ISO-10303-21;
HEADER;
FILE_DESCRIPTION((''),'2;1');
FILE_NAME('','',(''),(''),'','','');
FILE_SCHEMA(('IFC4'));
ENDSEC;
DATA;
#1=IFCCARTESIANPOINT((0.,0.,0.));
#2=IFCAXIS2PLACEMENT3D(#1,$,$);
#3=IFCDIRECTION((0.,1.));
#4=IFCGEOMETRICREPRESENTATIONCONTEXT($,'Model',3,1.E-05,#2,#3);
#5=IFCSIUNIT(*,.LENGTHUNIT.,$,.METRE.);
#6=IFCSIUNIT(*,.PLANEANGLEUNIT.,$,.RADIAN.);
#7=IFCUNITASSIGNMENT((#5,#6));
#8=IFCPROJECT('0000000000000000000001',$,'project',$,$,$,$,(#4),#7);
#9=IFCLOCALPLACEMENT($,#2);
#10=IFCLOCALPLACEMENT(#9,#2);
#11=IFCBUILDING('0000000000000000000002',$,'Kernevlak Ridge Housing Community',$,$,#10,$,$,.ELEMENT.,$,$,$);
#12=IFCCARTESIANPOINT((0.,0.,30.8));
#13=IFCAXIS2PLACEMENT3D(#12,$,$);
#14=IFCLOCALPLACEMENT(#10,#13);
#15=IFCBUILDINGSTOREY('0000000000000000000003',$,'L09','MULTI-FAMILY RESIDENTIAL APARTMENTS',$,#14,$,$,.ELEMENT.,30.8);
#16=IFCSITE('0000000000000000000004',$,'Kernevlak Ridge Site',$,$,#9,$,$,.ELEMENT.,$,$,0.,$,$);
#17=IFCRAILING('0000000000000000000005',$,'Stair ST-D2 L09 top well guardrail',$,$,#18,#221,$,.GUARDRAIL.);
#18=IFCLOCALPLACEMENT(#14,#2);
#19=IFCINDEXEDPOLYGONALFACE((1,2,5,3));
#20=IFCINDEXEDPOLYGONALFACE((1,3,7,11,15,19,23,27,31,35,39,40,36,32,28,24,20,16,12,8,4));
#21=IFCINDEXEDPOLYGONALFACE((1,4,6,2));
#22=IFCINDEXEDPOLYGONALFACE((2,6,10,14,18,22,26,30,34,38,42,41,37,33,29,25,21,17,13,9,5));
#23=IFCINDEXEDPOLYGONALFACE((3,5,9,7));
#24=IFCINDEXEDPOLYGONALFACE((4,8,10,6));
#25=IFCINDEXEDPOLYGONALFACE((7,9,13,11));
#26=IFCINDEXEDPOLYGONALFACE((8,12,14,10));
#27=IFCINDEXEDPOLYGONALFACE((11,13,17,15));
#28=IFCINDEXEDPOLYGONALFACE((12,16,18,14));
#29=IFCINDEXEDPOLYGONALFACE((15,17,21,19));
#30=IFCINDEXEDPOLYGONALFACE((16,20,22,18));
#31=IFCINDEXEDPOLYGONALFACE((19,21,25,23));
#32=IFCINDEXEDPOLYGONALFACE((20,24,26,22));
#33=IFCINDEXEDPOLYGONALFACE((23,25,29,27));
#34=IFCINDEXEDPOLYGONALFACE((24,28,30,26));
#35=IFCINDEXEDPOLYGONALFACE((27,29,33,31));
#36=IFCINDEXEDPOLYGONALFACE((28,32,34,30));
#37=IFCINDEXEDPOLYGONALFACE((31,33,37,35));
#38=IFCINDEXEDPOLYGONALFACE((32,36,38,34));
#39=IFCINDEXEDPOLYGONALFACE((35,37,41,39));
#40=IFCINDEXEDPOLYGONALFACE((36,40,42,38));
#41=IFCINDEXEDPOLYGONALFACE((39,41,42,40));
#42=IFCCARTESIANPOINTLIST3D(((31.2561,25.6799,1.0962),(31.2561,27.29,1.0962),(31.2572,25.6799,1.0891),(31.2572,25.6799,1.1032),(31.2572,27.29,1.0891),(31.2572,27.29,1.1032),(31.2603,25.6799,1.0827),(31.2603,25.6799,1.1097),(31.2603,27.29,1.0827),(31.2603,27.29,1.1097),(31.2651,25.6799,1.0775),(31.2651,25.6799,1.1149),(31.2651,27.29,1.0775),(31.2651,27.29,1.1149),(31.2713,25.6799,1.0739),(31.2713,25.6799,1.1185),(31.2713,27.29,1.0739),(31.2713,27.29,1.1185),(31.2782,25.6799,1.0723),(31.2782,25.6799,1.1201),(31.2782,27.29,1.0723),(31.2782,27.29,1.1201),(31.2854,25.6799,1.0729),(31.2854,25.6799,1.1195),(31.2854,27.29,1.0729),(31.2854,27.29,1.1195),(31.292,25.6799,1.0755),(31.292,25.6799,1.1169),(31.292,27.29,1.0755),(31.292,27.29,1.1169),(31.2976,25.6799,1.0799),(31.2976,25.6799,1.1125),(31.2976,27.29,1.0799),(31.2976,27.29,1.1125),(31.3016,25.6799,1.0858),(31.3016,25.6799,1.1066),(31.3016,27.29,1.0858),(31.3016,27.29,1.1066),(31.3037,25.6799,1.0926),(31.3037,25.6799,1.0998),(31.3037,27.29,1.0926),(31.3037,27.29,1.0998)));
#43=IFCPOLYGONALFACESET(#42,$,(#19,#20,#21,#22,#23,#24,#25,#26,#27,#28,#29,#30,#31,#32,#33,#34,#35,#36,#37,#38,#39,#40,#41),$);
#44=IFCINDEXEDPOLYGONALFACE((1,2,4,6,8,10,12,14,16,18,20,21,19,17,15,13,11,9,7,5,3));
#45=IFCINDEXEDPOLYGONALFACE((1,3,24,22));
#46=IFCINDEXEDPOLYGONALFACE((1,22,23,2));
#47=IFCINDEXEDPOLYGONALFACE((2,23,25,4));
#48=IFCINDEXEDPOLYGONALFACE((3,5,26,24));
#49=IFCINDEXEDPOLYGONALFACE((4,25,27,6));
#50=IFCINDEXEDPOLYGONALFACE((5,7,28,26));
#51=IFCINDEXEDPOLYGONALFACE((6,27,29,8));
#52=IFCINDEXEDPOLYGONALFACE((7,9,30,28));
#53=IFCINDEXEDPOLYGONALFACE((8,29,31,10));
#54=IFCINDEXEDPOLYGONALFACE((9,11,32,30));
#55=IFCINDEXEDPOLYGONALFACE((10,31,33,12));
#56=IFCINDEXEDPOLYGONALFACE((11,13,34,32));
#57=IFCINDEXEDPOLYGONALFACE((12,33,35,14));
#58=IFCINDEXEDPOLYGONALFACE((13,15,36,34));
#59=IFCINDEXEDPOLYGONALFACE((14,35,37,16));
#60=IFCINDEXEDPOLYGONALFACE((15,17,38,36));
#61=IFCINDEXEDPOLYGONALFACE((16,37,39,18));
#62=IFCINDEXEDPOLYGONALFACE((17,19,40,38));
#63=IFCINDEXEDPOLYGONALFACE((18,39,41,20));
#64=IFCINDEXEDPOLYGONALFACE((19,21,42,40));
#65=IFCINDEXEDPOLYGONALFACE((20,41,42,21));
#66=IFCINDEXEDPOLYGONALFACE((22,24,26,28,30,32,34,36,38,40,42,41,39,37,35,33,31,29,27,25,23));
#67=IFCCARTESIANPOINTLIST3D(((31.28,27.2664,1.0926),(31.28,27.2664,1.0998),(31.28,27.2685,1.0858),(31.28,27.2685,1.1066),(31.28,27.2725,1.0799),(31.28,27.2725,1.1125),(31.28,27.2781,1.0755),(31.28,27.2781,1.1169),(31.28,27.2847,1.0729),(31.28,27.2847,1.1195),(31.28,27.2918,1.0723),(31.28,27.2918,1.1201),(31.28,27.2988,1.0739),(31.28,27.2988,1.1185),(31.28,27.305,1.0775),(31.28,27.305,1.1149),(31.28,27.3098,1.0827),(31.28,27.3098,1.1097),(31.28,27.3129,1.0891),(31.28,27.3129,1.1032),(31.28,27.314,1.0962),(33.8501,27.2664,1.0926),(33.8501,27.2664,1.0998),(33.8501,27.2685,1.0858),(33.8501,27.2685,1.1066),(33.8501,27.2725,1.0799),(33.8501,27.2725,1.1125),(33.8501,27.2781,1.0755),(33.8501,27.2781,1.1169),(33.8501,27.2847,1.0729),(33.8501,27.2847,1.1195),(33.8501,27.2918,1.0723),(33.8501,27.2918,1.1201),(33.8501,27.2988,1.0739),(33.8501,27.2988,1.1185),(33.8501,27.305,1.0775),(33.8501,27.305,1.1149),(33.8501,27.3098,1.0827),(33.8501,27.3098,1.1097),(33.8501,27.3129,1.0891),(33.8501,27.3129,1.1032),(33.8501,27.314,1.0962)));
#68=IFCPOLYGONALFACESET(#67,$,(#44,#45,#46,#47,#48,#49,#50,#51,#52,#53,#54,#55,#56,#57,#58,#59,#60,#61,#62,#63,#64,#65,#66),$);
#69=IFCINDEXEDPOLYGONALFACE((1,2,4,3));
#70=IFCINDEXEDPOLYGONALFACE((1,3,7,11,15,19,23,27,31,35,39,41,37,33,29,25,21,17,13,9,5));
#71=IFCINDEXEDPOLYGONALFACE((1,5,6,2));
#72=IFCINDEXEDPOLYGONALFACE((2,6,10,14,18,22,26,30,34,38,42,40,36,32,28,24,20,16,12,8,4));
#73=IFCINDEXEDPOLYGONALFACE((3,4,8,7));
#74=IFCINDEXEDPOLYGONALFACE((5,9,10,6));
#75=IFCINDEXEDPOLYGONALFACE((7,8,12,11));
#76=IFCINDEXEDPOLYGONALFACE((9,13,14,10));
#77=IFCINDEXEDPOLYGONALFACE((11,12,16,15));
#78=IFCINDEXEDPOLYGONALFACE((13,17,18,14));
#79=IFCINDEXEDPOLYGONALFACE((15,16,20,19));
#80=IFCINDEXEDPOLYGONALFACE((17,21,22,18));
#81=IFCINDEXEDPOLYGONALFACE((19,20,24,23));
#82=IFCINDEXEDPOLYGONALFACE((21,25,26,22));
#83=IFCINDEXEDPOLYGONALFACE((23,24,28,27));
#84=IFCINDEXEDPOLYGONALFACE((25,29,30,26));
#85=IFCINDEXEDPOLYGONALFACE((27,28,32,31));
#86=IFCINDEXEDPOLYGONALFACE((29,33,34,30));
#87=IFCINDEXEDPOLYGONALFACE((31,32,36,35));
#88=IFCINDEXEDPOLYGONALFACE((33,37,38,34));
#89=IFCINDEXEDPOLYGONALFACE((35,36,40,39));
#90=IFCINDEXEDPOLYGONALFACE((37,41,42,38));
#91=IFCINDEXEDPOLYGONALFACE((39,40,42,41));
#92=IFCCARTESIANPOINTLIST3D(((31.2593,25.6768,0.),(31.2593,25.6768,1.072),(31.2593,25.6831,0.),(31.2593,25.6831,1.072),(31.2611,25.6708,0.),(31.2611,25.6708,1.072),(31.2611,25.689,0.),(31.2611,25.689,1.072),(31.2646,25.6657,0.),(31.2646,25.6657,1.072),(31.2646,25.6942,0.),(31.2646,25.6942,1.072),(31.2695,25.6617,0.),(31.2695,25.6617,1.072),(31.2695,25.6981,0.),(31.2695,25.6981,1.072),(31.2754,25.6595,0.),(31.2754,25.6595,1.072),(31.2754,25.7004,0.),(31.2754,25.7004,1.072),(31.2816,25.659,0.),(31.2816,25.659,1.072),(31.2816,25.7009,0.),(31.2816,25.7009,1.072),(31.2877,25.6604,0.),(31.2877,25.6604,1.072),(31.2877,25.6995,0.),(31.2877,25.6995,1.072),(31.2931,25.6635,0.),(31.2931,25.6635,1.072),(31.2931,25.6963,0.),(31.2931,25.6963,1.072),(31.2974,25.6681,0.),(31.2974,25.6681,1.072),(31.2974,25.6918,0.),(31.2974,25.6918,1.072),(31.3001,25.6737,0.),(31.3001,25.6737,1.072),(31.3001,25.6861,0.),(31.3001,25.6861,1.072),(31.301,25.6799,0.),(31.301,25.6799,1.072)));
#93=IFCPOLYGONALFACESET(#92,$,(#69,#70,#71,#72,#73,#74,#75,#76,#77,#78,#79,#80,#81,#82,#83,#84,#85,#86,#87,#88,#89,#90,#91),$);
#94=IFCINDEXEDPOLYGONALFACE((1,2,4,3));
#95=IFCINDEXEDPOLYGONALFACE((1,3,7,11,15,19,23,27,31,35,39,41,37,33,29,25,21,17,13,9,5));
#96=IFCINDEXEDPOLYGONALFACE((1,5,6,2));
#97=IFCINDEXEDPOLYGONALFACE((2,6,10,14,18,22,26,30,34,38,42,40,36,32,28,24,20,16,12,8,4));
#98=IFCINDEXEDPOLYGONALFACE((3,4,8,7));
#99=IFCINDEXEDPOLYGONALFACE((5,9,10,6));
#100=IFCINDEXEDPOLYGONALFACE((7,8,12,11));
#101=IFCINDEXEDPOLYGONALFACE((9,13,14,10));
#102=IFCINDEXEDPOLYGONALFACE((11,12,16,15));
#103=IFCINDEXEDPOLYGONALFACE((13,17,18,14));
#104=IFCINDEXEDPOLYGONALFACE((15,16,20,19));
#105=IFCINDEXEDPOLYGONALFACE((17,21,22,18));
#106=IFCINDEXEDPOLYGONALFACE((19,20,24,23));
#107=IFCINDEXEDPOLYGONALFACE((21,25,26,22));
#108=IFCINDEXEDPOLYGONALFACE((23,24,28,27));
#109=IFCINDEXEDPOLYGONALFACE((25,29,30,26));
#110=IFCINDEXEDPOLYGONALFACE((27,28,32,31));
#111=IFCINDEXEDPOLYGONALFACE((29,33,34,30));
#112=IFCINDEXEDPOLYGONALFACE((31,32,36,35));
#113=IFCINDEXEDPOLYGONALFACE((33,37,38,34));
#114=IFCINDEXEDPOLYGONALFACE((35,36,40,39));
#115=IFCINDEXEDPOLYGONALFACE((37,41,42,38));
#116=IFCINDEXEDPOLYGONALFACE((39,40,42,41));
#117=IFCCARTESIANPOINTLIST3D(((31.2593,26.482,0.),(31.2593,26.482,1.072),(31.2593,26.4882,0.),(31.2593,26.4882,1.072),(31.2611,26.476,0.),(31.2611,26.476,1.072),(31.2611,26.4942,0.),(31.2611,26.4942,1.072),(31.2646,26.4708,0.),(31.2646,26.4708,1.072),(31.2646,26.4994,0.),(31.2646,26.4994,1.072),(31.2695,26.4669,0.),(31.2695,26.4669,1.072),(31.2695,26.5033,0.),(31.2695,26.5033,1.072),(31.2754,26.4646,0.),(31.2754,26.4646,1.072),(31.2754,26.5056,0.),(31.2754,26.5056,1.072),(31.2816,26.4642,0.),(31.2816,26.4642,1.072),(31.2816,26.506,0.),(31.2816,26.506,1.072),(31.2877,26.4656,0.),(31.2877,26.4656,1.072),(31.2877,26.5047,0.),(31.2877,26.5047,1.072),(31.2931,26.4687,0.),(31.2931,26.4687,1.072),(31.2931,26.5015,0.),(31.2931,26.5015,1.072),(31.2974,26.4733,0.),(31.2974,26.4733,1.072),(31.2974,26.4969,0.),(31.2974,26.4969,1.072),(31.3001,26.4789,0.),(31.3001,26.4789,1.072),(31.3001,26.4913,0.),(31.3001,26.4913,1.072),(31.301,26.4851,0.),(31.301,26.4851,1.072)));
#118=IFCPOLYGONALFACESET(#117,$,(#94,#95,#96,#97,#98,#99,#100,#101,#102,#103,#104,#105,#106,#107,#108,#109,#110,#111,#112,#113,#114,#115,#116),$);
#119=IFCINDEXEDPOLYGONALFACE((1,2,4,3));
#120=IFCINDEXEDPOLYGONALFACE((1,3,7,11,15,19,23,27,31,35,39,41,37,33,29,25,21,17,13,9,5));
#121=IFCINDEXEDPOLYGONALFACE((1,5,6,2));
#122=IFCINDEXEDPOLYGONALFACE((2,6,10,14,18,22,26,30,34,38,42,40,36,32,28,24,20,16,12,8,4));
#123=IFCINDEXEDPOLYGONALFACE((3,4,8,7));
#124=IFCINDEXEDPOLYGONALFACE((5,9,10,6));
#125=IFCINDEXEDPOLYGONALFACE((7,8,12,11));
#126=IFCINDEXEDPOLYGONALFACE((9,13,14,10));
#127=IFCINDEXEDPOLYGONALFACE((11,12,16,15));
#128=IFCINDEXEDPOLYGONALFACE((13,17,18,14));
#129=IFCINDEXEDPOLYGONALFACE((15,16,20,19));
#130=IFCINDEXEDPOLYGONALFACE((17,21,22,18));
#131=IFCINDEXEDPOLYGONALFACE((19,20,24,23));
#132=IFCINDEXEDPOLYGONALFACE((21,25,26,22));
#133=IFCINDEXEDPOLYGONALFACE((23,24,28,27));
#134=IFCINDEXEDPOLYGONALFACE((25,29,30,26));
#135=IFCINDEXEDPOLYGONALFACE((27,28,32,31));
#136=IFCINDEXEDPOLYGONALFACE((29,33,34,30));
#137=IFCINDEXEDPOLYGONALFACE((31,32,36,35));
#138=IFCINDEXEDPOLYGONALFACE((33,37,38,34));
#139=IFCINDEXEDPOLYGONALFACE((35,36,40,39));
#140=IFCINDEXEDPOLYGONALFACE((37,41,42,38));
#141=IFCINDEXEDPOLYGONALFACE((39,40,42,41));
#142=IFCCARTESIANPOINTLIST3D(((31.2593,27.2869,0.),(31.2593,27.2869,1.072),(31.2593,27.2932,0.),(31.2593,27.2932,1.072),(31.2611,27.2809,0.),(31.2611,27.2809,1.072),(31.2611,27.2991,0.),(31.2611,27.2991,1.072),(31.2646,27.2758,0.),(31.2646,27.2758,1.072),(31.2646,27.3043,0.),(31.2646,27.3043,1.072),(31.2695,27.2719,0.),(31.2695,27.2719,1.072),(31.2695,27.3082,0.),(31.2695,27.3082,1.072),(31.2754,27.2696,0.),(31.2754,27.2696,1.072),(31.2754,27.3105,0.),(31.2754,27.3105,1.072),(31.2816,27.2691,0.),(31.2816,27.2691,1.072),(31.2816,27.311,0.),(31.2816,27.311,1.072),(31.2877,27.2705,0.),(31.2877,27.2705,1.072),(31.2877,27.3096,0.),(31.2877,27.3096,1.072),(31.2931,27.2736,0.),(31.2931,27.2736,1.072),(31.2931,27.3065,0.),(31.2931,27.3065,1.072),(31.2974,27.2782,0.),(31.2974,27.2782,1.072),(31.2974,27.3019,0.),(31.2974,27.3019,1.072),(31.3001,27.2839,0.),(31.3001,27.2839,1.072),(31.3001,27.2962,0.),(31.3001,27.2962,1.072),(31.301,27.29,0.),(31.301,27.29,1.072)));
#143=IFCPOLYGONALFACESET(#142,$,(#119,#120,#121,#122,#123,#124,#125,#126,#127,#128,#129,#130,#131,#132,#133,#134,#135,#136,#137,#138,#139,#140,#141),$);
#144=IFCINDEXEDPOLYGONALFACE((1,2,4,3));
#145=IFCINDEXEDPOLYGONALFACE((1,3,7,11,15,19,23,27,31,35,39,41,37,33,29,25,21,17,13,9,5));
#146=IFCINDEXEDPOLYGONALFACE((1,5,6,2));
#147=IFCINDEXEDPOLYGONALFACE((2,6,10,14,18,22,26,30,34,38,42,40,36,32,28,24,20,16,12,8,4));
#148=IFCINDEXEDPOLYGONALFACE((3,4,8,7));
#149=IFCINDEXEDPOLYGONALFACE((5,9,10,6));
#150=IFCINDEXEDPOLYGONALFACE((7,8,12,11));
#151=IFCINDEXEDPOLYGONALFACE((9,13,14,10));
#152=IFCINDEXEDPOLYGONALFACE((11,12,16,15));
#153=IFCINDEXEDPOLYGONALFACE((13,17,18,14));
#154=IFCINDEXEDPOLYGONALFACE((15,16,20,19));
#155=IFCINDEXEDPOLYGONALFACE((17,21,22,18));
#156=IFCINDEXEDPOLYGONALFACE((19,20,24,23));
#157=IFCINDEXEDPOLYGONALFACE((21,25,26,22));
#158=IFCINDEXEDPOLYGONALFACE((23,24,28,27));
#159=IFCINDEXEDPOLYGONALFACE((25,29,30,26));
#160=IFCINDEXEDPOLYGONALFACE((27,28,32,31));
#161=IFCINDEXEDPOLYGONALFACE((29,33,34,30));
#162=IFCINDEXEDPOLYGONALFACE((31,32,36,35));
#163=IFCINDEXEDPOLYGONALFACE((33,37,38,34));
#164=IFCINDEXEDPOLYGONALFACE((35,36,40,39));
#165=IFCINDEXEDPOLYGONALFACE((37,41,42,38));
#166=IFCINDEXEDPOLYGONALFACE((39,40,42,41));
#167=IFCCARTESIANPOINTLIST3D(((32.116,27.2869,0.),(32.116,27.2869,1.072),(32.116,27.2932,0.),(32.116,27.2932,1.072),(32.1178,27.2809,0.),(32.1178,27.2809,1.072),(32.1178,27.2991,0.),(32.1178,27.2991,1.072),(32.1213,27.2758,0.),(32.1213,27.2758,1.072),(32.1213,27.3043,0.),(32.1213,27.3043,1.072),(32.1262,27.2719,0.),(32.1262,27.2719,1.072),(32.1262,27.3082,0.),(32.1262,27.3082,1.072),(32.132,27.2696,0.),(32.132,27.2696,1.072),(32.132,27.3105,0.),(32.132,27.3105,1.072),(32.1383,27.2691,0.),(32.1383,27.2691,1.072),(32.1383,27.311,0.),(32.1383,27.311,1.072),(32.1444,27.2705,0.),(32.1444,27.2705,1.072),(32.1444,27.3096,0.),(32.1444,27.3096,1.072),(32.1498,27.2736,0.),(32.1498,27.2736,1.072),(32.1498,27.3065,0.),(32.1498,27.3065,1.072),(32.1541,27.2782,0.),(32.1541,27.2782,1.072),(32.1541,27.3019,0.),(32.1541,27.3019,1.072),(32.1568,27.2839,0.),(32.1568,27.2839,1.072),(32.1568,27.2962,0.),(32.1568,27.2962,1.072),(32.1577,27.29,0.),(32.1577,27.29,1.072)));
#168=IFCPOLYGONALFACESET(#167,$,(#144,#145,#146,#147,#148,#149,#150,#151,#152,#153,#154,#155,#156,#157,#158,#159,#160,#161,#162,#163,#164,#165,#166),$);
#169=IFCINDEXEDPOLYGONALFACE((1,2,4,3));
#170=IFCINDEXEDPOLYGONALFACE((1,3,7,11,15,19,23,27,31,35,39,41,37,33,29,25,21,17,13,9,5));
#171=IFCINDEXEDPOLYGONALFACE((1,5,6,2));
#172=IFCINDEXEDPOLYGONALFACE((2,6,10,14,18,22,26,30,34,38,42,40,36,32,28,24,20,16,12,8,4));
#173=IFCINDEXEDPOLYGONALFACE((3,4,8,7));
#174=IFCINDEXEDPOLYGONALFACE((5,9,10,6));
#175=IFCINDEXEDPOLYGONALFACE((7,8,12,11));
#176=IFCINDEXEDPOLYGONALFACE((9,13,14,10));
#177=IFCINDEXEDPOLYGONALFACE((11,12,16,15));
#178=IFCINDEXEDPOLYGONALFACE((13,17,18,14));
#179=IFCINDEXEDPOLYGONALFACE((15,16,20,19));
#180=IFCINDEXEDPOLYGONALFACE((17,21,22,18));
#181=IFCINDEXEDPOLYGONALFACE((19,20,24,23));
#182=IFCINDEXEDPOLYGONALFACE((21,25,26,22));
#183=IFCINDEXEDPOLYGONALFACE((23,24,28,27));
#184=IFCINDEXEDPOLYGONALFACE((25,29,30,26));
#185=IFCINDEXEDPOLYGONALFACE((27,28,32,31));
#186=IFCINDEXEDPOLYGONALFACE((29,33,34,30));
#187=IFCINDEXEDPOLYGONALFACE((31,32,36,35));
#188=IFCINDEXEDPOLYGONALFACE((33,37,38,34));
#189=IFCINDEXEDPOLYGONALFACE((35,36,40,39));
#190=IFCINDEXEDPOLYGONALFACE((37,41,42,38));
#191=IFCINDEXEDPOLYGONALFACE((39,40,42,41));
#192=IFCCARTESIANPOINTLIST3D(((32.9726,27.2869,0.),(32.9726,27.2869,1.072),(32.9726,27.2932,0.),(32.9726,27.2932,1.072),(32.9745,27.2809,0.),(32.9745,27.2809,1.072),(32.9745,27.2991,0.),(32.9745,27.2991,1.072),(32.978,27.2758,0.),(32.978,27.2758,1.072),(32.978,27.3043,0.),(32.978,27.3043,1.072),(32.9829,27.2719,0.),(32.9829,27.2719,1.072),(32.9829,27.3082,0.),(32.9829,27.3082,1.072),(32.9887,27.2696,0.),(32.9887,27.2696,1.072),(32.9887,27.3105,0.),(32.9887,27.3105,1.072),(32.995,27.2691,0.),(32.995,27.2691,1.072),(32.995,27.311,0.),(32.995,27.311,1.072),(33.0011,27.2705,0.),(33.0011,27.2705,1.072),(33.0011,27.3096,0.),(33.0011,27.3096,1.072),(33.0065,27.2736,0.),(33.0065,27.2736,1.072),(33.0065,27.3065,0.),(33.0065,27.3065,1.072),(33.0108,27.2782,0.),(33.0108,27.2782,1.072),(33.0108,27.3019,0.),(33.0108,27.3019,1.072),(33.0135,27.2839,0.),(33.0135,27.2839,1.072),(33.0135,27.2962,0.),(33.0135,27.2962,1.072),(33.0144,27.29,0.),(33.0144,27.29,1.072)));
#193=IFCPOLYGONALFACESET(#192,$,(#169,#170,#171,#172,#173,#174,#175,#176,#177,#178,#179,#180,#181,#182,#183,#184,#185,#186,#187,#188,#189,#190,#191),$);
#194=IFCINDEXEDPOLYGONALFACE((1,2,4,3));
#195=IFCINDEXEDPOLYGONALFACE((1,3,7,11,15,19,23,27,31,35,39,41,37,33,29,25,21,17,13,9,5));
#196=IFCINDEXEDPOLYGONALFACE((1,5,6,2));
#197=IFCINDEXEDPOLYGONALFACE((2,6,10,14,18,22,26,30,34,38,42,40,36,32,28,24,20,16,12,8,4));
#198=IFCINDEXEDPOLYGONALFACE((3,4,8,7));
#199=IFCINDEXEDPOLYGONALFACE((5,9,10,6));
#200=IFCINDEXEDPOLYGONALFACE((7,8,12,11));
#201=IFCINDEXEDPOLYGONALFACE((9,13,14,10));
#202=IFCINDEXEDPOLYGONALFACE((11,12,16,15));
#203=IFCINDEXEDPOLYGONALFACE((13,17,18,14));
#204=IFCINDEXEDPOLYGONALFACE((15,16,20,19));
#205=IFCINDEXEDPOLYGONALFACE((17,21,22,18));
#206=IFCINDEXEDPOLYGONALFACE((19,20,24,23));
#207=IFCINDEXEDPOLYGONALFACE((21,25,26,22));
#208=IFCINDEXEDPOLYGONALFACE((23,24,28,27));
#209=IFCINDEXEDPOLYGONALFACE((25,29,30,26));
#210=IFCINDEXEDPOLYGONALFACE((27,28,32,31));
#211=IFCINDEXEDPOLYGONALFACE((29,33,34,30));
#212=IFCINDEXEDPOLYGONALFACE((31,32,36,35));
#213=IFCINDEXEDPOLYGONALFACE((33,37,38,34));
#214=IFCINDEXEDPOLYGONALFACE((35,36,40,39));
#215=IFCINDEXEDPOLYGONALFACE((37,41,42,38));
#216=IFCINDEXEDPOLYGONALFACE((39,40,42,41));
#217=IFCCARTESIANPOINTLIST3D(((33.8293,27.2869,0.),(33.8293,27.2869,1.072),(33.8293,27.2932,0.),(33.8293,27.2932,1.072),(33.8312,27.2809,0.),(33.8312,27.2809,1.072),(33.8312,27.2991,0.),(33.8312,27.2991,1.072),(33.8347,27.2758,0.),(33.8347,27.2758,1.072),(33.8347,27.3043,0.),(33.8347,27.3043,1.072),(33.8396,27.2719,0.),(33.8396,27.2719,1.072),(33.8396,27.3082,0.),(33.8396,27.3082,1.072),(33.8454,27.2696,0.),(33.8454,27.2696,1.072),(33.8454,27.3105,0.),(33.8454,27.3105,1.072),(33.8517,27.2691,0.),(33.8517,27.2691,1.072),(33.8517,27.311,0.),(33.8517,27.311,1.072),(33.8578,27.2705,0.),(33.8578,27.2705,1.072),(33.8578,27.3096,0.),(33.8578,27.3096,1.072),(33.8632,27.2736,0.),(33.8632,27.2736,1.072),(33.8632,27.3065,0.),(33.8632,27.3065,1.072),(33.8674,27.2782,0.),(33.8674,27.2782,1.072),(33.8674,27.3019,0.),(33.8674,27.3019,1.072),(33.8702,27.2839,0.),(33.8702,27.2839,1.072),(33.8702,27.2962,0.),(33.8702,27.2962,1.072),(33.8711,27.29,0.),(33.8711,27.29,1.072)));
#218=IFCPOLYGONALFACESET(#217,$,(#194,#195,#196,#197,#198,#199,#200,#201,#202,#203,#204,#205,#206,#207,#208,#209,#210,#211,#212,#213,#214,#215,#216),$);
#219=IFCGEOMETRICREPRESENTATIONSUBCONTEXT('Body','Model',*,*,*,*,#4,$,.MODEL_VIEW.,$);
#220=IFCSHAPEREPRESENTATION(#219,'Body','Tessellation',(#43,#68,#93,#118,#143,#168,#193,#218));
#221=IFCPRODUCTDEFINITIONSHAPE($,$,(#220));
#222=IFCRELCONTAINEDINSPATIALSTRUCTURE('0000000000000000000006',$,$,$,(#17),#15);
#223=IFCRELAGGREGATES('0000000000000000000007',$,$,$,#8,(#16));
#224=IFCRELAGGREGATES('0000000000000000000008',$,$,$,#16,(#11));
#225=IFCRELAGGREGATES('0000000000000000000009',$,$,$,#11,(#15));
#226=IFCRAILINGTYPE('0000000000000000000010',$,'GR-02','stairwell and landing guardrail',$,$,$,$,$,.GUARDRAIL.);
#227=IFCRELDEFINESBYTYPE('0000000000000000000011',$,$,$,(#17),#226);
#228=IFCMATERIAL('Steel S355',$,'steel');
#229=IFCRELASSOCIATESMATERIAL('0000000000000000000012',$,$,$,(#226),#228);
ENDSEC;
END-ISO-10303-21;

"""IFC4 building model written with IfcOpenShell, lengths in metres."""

from ifc_helpers import new_model, si_unit, direction, frame, origin, origin_2d, place, context, subcontext, project, spatial, circle, extrude, material, type_object, element, save


model = new_model("IFC4")

# Units and contexts
model_context = context("Model", 3, precision=1e-05, world=origin(), true_north=direction((0.0, 1.0)))
body_context = subcontext(model_context, "Body", "Model", "MODEL_VIEW")
ifc_project = project(units=[si_unit("LENGTHUNIT", "METRE"), si_unit("PLANEANGLEUNIT", "RADIAN")], contexts=[model_context])

# Site, building, storey
site_placement = place(None, origin())
site = spatial("IfcSite", under=ifc_project, at=site_placement, Name="Kernevlak Ridge Site", CompositionType="ELEMENT", RefElevation=0.0)
building_placement = place(site_placement, origin())
building = spatial("IfcBuilding", under=site, at=building_placement, Name="Kernevlak Ridge Housing Community", CompositionType="ELEMENT")
storey_placement = place(building_placement, frame((0.0, 0.0, 30.8)))
storey = spatial("IfcBuildingStorey", under=building, at=storey_placement, Name="L09", Description="MULTI-FAMILY RESIDENTIAL APARTMENTS", CompositionType="ELEMENT", Elevation=30.8)

# Railing
ifc_material_1 = material(Name="Steel S355", Category="steel")
railing_type_1 = type_object("IfcRailingType", Name="GR-02", Description="stairwell and landing guardrail", PredefinedType="GUARDRAIL", material=ifc_material_1)
railing_1_placement = place(storey_placement, frame((31.28, 25.6799, 0.0)))
element("IfcRailing", 1, at=railing_1_placement, inside=storey, type_object=railing_type_1, Name="Stair ST-D2 L09 top well guardrail", PredefinedType="GUARDRAIL", context=body_context, shape_type="SweptSolid", body=[
    extrude(circle(Radius=0.0239, at=origin_2d()), frame((0.0, 0.0, 1.0962), z_axis=(0.0, 1.0, 0.0), x_axis=(-1.0, 0.0, 0.0)), (0.0, 0.0, 1.0), 1.6101),
    extrude(circle(Radius=0.0239, at=origin_2d()), frame((0.0, 1.6101, 1.0962), z_axis=(1.0, 0.0, 0.0), x_axis=(0.0, 1.0, 0.0)), (0.0, 0.0, 1.0), 2.5701),
    extrude(circle(Radius=0.021, at=origin_2d()), origin(), (0.0, 0.0, 1.0), 1.072),
    extrude(circle(Radius=0.021, at=origin_2d()), frame((0.0, 0.8052, 0.0)), (0.0, 0.0, 1.0), 1.072),
    extrude(circle(Radius=0.021, at=origin_2d()), frame((0.0, 1.6101, 0.0)), (0.0, 0.0, 1.0), 1.072),
    extrude(circle(Radius=0.021, at=origin_2d()), frame((0.8567, 1.6101, 0.0)), (0.0, 0.0, 1.0), 1.072),
    extrude(circle(Radius=0.021, at=origin_2d()), frame((1.7134, 1.6101, 0.0)), (0.0, 0.0, 1.0), 1.072),
    extrude(circle(Radius=0.021, at=origin_2d()), frame((2.5701, 1.6101, 0.0)), (0.0, 0.0, 1.0), 1.072),
])

save(model, "model.ifc")
